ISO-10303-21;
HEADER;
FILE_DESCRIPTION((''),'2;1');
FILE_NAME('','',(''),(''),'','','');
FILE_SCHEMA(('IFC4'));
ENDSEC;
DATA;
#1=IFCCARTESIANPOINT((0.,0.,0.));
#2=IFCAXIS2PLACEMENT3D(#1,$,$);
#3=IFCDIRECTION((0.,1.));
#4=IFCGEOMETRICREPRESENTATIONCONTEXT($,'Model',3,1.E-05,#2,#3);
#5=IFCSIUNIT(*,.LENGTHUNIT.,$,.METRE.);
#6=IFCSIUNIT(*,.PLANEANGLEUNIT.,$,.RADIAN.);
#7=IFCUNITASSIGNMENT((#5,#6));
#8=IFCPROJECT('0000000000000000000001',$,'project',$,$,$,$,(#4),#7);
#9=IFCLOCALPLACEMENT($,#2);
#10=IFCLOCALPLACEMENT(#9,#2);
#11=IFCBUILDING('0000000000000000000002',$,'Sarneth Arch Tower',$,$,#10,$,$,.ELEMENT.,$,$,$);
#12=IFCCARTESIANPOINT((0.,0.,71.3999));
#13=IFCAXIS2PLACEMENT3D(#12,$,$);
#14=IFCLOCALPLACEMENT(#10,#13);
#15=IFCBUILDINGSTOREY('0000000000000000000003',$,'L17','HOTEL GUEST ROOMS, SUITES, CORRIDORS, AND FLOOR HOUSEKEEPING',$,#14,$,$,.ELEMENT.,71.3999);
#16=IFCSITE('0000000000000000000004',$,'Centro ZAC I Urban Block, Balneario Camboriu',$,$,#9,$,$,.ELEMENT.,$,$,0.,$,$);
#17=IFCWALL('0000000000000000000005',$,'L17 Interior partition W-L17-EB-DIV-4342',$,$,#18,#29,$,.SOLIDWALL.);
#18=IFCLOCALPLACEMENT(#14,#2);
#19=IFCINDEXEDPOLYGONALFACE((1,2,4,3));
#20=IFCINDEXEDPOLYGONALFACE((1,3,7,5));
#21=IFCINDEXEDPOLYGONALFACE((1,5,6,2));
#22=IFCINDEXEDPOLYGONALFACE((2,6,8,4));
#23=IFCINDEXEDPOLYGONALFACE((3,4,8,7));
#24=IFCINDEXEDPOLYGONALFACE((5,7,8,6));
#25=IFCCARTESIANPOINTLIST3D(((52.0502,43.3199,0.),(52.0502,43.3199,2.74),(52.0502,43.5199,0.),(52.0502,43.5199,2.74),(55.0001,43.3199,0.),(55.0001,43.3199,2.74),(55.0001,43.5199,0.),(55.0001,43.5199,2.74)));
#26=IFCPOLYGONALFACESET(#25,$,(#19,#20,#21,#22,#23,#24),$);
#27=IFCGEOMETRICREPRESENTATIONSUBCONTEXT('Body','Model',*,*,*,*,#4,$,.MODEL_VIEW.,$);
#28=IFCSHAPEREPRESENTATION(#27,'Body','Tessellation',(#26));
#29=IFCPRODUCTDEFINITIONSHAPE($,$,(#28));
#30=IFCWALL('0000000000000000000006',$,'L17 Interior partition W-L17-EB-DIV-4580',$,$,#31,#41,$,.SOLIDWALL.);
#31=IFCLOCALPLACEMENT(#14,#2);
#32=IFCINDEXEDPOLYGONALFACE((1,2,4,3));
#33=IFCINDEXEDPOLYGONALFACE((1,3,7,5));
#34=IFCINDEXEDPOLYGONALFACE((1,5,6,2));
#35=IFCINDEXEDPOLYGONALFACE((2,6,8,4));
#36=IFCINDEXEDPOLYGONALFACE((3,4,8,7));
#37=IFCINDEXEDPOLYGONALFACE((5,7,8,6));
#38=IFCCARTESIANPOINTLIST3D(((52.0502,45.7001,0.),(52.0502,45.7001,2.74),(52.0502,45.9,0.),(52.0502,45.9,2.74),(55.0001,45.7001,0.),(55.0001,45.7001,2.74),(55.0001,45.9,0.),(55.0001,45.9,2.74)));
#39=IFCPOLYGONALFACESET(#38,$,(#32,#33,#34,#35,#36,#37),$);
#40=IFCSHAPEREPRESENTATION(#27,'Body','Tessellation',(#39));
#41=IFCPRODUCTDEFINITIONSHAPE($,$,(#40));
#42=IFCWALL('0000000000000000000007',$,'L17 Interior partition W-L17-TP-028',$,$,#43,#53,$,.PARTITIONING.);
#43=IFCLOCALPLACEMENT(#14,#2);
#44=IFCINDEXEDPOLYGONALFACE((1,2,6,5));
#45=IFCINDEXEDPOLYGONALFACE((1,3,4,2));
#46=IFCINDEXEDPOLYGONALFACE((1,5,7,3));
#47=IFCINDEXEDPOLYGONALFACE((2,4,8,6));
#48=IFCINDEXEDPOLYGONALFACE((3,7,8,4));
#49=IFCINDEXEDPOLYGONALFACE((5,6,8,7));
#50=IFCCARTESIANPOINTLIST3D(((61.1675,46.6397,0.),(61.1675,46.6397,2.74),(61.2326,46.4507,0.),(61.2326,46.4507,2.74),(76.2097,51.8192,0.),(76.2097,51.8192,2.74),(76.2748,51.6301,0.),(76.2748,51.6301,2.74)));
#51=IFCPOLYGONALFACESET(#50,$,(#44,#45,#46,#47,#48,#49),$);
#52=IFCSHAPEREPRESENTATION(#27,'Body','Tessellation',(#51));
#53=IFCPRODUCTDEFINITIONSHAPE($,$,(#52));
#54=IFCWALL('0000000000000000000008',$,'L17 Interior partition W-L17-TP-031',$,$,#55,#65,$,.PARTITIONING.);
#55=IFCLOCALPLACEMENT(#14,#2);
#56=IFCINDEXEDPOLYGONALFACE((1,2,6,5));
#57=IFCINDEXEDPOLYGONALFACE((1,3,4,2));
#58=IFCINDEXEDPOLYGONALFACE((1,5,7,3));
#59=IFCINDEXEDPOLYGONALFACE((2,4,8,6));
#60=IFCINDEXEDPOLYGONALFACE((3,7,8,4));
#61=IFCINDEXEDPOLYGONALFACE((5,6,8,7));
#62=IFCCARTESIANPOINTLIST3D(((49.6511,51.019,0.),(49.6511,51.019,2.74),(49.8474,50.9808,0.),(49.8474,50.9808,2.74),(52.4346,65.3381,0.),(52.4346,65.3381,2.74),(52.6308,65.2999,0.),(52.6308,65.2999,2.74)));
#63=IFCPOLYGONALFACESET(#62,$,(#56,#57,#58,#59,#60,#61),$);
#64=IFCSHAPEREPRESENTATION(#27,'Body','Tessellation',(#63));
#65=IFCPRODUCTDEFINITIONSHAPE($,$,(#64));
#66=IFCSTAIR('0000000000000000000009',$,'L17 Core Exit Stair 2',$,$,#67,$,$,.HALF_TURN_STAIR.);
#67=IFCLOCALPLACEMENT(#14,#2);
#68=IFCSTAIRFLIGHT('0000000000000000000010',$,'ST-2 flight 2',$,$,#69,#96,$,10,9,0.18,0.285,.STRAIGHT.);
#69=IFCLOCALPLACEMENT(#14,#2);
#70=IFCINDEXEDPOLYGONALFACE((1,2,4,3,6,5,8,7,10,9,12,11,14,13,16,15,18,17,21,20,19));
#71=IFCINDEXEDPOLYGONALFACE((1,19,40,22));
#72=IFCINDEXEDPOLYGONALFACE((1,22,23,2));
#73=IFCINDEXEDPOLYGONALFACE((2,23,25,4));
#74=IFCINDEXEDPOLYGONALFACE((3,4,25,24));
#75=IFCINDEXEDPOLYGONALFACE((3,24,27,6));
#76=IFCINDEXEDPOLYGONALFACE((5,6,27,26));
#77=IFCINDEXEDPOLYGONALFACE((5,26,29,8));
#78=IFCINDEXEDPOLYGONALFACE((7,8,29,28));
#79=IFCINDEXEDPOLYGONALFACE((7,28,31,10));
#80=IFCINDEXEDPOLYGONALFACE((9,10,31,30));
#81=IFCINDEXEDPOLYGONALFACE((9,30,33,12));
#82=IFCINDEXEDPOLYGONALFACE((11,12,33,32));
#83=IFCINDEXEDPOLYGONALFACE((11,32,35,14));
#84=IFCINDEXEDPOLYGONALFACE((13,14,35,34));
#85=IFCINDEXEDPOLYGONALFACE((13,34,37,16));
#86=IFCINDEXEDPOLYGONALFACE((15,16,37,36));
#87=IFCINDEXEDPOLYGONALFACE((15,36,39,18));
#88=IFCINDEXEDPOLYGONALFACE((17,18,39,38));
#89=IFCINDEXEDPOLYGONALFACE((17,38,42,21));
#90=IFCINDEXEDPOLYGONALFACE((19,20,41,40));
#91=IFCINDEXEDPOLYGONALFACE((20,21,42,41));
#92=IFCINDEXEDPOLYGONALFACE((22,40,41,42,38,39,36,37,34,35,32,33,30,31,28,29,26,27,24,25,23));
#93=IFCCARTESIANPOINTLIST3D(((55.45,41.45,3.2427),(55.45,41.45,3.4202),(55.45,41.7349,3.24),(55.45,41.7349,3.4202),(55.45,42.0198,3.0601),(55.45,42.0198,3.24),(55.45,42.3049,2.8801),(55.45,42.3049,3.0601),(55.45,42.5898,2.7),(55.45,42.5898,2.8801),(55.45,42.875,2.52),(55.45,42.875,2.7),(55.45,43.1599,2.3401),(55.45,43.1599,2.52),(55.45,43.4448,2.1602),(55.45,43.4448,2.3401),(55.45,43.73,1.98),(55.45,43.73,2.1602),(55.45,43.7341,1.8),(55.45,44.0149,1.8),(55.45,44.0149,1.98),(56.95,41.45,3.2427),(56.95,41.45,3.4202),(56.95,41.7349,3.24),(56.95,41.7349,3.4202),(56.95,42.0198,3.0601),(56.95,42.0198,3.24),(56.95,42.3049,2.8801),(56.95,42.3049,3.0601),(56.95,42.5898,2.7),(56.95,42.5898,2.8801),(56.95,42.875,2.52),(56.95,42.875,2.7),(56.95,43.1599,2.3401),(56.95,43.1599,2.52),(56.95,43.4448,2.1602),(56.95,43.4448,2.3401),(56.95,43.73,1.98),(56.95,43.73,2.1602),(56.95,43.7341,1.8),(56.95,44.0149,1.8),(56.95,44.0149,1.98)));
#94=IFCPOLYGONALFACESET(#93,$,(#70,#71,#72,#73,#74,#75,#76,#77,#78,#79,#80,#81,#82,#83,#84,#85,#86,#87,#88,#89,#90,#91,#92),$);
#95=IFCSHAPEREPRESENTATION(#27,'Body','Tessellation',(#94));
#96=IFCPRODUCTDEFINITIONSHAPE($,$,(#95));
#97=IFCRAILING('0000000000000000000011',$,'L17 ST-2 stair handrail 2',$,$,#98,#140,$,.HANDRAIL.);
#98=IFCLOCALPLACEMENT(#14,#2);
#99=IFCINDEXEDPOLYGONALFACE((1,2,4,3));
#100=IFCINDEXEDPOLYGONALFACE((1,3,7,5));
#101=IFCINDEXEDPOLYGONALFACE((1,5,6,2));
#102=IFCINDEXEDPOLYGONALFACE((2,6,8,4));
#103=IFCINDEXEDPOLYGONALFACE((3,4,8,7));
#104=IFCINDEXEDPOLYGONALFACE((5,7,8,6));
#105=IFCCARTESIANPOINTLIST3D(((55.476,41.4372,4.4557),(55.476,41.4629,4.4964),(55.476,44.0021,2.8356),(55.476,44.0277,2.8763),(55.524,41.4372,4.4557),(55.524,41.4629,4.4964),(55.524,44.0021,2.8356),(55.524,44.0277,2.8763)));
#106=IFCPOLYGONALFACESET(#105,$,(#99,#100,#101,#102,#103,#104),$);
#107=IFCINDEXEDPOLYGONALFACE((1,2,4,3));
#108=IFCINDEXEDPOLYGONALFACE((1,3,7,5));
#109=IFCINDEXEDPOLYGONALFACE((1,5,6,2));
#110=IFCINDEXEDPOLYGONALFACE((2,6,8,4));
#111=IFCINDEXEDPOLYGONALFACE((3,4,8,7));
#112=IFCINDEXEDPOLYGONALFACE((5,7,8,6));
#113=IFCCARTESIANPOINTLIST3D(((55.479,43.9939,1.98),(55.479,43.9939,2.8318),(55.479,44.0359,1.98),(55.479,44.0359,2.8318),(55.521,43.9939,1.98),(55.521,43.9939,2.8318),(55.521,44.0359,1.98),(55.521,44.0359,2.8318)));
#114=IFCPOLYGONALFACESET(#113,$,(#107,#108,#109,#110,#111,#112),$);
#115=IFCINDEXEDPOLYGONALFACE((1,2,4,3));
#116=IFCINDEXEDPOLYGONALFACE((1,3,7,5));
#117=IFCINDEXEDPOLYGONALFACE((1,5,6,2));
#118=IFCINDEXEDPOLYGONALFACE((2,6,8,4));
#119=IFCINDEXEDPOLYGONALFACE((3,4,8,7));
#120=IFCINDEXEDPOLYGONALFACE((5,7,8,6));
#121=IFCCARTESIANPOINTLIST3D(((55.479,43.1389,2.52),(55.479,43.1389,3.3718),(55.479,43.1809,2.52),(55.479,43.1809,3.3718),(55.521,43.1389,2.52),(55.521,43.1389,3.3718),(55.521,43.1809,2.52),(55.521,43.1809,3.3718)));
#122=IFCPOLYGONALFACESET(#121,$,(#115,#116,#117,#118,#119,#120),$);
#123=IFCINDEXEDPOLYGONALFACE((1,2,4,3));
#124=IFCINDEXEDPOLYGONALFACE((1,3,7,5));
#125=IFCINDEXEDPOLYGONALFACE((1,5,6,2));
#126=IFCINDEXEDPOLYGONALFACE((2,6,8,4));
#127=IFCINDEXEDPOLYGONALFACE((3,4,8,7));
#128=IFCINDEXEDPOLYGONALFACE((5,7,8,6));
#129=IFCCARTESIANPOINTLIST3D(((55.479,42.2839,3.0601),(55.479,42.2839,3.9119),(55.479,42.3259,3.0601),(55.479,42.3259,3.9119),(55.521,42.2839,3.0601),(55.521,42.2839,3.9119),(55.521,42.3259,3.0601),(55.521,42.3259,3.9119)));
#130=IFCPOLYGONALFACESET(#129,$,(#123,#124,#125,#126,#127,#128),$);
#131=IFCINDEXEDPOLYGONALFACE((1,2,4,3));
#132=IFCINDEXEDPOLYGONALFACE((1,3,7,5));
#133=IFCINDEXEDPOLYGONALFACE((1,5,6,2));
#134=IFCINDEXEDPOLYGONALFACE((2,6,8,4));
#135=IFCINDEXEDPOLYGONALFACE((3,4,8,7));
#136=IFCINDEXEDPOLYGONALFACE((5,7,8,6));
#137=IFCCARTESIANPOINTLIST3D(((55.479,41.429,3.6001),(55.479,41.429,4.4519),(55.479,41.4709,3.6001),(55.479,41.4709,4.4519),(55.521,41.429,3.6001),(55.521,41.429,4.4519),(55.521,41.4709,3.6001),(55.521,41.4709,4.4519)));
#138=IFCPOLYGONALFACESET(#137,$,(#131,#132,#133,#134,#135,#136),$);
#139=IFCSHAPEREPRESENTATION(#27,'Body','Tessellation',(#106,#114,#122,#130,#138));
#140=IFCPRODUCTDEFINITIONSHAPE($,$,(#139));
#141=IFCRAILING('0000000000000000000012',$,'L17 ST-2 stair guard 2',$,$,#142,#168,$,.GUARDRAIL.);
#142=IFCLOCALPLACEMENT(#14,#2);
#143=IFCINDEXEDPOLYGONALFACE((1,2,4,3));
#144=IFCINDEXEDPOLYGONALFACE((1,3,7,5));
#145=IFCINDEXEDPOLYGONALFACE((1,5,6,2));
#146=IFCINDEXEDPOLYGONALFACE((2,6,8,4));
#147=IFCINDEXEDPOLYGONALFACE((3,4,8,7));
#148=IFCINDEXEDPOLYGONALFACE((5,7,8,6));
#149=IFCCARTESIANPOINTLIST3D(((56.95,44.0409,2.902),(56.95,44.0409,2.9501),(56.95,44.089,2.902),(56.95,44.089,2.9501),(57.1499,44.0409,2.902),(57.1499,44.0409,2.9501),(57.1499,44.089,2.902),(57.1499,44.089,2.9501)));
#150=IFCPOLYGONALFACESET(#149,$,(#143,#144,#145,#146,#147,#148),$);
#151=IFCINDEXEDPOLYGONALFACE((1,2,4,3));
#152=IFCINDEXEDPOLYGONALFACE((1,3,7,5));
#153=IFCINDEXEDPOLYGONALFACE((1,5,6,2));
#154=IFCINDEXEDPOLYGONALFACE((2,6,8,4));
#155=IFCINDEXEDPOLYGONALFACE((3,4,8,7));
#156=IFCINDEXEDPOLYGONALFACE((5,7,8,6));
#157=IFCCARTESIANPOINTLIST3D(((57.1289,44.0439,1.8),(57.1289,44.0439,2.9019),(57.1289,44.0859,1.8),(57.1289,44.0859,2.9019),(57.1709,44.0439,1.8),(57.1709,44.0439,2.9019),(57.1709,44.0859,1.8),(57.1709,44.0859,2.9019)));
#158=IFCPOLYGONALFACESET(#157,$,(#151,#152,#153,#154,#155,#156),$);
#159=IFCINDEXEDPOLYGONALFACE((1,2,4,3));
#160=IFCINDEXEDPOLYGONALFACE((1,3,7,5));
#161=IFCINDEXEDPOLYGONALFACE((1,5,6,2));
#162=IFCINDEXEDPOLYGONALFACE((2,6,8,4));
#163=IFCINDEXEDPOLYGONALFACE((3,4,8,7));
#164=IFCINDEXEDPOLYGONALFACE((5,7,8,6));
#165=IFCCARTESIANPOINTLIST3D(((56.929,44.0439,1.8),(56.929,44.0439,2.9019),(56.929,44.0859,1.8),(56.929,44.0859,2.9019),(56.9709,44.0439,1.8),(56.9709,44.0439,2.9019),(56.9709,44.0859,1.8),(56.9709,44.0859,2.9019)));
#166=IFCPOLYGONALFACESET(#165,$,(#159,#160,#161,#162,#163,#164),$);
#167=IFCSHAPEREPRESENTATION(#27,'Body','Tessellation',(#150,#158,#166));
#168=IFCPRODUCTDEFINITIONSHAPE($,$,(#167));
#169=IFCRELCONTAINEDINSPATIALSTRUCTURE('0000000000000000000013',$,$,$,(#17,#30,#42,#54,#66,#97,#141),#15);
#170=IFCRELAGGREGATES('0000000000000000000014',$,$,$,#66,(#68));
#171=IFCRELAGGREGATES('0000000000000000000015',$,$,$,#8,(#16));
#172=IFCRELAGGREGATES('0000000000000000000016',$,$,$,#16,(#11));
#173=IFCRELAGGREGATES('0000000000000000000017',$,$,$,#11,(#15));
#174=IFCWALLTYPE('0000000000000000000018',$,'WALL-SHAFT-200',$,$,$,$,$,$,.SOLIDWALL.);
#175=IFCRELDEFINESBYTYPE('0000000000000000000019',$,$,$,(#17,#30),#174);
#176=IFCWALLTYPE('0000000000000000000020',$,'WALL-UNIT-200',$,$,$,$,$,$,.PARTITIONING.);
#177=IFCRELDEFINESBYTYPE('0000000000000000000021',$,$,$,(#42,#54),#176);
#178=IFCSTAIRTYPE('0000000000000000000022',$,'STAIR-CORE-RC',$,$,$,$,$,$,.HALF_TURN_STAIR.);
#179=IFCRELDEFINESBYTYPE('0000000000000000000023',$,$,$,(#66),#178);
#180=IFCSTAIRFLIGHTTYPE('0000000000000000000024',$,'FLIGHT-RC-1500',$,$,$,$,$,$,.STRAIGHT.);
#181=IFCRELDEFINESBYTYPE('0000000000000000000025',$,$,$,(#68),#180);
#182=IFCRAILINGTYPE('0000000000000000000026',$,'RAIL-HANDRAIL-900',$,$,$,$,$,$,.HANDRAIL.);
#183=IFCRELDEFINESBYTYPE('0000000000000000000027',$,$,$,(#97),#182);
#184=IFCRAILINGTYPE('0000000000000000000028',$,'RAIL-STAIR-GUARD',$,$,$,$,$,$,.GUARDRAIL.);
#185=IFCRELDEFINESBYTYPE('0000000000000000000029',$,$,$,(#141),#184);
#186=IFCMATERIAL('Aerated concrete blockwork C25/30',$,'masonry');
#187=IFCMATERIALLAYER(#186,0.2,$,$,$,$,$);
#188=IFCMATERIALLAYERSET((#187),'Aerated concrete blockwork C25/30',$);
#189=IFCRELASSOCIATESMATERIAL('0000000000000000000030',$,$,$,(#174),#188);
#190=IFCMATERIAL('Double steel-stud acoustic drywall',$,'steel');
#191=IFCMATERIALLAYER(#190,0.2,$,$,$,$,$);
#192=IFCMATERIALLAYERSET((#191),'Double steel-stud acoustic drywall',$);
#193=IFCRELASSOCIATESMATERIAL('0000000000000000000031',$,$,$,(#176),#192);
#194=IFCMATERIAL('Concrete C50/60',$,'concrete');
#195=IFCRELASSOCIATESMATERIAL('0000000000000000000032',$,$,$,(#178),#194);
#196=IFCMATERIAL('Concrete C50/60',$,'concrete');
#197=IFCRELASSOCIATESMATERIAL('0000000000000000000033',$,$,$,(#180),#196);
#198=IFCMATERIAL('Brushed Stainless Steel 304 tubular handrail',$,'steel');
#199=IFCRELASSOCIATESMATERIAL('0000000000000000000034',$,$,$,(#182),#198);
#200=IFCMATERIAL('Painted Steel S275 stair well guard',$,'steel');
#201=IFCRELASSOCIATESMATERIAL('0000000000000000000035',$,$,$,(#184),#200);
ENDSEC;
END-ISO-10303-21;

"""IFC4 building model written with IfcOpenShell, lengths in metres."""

from ifc_helpers import new_model, si_unit, direction, frame, frame_2d, origin, origin_2d, place, context, subcontext, project, spatial, polyline, rectangle, outline, extrude, material, layer, layer_set, type_object, element, aggregate, save


model = new_model("IFC4")

# Units and contexts
model_context = context("Model", 3, precision=1e-05, world=origin(), true_north=direction((0.0, 1.0)))
body_context = subcontext(model_context, "Body", "Model", "MODEL_VIEW")
ifc_project = project(units=[si_unit("LENGTHUNIT", "METRE"), si_unit("PLANEANGLEUNIT", "RADIAN")], contexts=[model_context])

# Site, building, storey
site_placement = place(None, origin())
site = spatial("IfcSite", under=ifc_project, at=site_placement, Name="Centro ZAC I Urban Block, Balneario Camboriu", CompositionType="ELEMENT", RefElevation=0.0)
building_placement = place(site_placement, origin())
building = spatial("IfcBuilding", under=site, at=building_placement, Name="Sarneth Arch Tower", CompositionType="ELEMENT")
storey_placement = place(building_placement, frame((0.0, 0.0, 71.3999)))
storey = spatial("IfcBuildingStorey", under=building, at=storey_placement, Name="L17", Description="HOTEL GUEST ROOMS, SUITES, CORRIDORS, AND FLOOR HOUSEKEEPING", CompositionType="ELEMENT", Elevation=71.3999)

# Walls
ifc_material_1 = material(Name="Aerated concrete blockwork C25/30", Category="masonry")
ifc_layer_1 = layer(ifc_material_1, 0.2)
ifc_layer_set_1 = layer_set([ifc_layer_1], Name="Aerated concrete blockwork C25/30")
wall_type_1 = type_object("IfcWallType", Name="WALL-SHAFT-200", PredefinedType="SOLIDWALL", material=ifc_layer_set_1)
for number, where, z_axis, x_axis, name in (
    (1, (52.05, 43.4199, 0.0), (0.0, 0.0, 1.0), (1.0, 0.0, 0.0), "L17 Interior partition W-L17-EB-DIV-4342"),
    (2, (52.05, 45.8, 0.0), (0.0, 0.0, 1.0), (1.0, 0.0, 0.0), "L17 Interior partition W-L17-EB-DIV-4580"),
):
    element("IfcWall", number, at=place(storey_placement, frame(where, z_axis=z_axis, x_axis=x_axis)), inside=storey, type_object=wall_type_1, Name=name, PredefinedType="SOLIDWALL", context=body_context, shape_type="SweptSolid", body=[
        extrude(rectangle(XDim=2.95, YDim=0.2, at=frame_2d((1.4751, 0.0))), origin(), (0.0, 0.0, 1.0), 2.74),
    ])
ifc_material_2 = material(Name="Double steel-stud acoustic drywall", Category="steel")
ifc_layer_2 = layer(ifc_material_2, 0.2)
ifc_layer_set_2 = layer_set([ifc_layer_2], Name="Double steel-stud acoustic drywall")
wall_type_2 = type_object("IfcWallType", Name="WALL-UNIT-200", PredefinedType="PARTITIONING", material=ifc_layer_set_2)
wall_1_placement = place(storey_placement, frame((61.2, 46.5452, 0.0), z_axis=(0.0, 0.0, 1.0), x_axis=(0.945519, 0.325567, 0.0)))
element("IfcWall", 3, at=wall_1_placement, inside=storey, type_object=wall_type_2, Name="L17 Interior partition W-L17-TP-028", PredefinedType="PARTITIONING", context=body_context, shape_type="SweptSolid", body=[
    extrude(rectangle(XDim=15.9089, YDim=0.2, at=frame_2d((7.9546, 0.0))), origin(), (0.0, 0.0, 1.0), 2.74),
])
wall_2_placement = place(storey_placement, frame((49.7493, 51.0, 0.0), z_axis=(0.0, 0.0, 1.0), x_axis=(0.190815, 0.981626, 0.0)))
element("IfcWall", 4, at=wall_2_placement, inside=storey, type_object=wall_type_2, Name="L17 Interior partition W-L17-TP-031", PredefinedType="PARTITIONING", context=body_context, shape_type="SweptSolid", body=[
    extrude(rectangle(XDim=14.5872, YDim=0.2, at=frame_2d((7.2935, 0.0))), origin(), (0.0, 0.0, 1.0), 2.74),
])

# Stair, stair flight
ifc_material_3 = material(Name="Concrete C50/60", Category="concrete")
stair_type = type_object("IfcStairType", Name="STAIR-CORE-RC", PredefinedType="HALF_TURN_STAIR", material=ifc_material_3)
stair_placement = place(storey_placement, origin())
stair = element("IfcStair", 5, at=stair_placement, inside=storey, type_object=stair_type, Name="L17 Core Exit Stair 2", PredefinedType="HALF_TURN_STAIR")
ifc_material_4 = material(Name="Concrete C50/60", Category="concrete")
stair_flight_type = type_object("IfcStairFlightType", Name="FLIGHT-RC-1500", PredefinedType="STRAIGHT", material=ifc_material_4)
stair_flight_placement = place(storey_placement, frame((56.2, 44.0149, 1.8), z_axis=(0.0, 0.0, 1.0), x_axis=(0.0, -1.0, 0.0)))
stair_flight = element("IfcStairFlight", 6, at=stair_flight_placement, type_object=stair_flight_type, Name="ST-2 flight 2", NumberOfRisers=10, NumberOfTreads=9, PredefinedType="STRAIGHT", RiserHeight=0.18, TreadLength=0.285, context=body_context, shape_type="SweptSolid", body=[
    extrude(outline(polyline([(0.0, 0.0), (0.0, 0.1799), (0.2849, 0.1799), (0.2849, 0.3601), (0.5701, 0.3601), (0.5701, 0.54), (0.855, 0.54), (0.855, 0.72), (1.1399, 0.72), (1.1399, 0.8999), (1.425, 0.8999), (1.425, 1.0801), (1.71, 1.0801), (1.71, 1.26), (1.9951, 1.26), (1.9951, 1.4399), (2.28, 1.4399), (2.28, 1.6201), (2.5649, 1.6201), (2.5649, 1.8), (2.5649, 1.4426), (0.2808, 0.0), (0.0, 0.0)])), frame((0.0, 0.75, 0.0), z_axis=(0.0, -1.0, 0.0), x_axis=(1.0, 0.0, 0.0)), (0.0, 0.0, 1.0), 1.5),
])
aggregate(stair, [stair_flight])

# Railings
ifc_material_5 = material(Name="Brushed Stainless Steel 304 tubular handrail", Category="steel")
railing_type_1 = type_object("IfcRailingType", Name="RAIL-HANDRAIL-900", PredefinedType="HANDRAIL", material=ifc_material_5)
railing_1_placement = place(storey_placement, frame((55.5, 44.0149, 1.98)))
element("IfcRailing", 7, at=railing_1_placement, inside=storey, type_object=railing_type_1, Name="L17 ST-2 stair handrail 2", PredefinedType="HANDRAIL", context=body_context, shape_type="SweptSolid", body=[
    extrude(rectangle(XDim=0.0481, YDim=0.0481, at=origin_2d()), frame((0.0, 0.0, 0.876), z_axis=(0.0, -0.845466, 0.534029), x_axis=(1.0, 0.0, 0.0)), (0.0, 0.0, 1.0), 3.0337),
    extrude(rectangle(XDim=0.042, YDim=0.042, at=origin_2d()), origin(), (0.0, 0.0, 1.0), 0.8518),
    extrude(rectangle(XDim=0.042, YDim=0.042, at=origin_2d()), frame((0.0, -0.855, 0.54)), (0.0, 0.0, 1.0), 0.8518),
    extrude(rectangle(XDim=0.042, YDim=0.042, at=origin_2d()), frame((0.0, -1.71, 1.0801)), (0.0, 0.0, 1.0), 0.8518),
    extrude(rectangle(XDim=0.042, YDim=0.042, at=origin_2d()), frame((0.0, -2.5649, 1.6201)), (0.0, 0.0, 1.0), 0.8518),
])
ifc_material_6 = material(Name="Painted Steel S275 stair well guard", Category="steel")
railing_type_2 = type_object("IfcRailingType", Name="RAIL-STAIR-GUARD", PredefinedType="GUARDRAIL", material=ifc_material_6)
railing_2_placement = place(storey_placement, frame((57.1499, 44.0649, 1.8)))
element("IfcRailing", 8, at=railing_2_placement, inside=storey, type_object=railing_type_2, Name="L17 ST-2 stair guard 2", PredefinedType="GUARDRAIL", context=body_context, shape_type="SweptSolid", body=[
    extrude(rectangle(XDim=0.0481, YDim=0.0481, at=origin_2d()), frame((0.0, 0.0, 1.126), z_axis=(-1.0, 0.0, 0.0), x_axis=(0.0, -1.0, 0.0)), (0.0, 0.0, 1.0), 0.2),
    extrude(rectangle(XDim=0.042, YDim=0.042, at=origin_2d()), origin(), (0.0, 0.0, 1.0), 1.1018),
    extrude(rectangle(XDim=0.042, YDim=0.042, at=origin_2d()), frame((-0.2, 0.0, 0.0)), (0.0, 0.0, 1.0), 1.1018),
])

save(model, "model.ifc")
